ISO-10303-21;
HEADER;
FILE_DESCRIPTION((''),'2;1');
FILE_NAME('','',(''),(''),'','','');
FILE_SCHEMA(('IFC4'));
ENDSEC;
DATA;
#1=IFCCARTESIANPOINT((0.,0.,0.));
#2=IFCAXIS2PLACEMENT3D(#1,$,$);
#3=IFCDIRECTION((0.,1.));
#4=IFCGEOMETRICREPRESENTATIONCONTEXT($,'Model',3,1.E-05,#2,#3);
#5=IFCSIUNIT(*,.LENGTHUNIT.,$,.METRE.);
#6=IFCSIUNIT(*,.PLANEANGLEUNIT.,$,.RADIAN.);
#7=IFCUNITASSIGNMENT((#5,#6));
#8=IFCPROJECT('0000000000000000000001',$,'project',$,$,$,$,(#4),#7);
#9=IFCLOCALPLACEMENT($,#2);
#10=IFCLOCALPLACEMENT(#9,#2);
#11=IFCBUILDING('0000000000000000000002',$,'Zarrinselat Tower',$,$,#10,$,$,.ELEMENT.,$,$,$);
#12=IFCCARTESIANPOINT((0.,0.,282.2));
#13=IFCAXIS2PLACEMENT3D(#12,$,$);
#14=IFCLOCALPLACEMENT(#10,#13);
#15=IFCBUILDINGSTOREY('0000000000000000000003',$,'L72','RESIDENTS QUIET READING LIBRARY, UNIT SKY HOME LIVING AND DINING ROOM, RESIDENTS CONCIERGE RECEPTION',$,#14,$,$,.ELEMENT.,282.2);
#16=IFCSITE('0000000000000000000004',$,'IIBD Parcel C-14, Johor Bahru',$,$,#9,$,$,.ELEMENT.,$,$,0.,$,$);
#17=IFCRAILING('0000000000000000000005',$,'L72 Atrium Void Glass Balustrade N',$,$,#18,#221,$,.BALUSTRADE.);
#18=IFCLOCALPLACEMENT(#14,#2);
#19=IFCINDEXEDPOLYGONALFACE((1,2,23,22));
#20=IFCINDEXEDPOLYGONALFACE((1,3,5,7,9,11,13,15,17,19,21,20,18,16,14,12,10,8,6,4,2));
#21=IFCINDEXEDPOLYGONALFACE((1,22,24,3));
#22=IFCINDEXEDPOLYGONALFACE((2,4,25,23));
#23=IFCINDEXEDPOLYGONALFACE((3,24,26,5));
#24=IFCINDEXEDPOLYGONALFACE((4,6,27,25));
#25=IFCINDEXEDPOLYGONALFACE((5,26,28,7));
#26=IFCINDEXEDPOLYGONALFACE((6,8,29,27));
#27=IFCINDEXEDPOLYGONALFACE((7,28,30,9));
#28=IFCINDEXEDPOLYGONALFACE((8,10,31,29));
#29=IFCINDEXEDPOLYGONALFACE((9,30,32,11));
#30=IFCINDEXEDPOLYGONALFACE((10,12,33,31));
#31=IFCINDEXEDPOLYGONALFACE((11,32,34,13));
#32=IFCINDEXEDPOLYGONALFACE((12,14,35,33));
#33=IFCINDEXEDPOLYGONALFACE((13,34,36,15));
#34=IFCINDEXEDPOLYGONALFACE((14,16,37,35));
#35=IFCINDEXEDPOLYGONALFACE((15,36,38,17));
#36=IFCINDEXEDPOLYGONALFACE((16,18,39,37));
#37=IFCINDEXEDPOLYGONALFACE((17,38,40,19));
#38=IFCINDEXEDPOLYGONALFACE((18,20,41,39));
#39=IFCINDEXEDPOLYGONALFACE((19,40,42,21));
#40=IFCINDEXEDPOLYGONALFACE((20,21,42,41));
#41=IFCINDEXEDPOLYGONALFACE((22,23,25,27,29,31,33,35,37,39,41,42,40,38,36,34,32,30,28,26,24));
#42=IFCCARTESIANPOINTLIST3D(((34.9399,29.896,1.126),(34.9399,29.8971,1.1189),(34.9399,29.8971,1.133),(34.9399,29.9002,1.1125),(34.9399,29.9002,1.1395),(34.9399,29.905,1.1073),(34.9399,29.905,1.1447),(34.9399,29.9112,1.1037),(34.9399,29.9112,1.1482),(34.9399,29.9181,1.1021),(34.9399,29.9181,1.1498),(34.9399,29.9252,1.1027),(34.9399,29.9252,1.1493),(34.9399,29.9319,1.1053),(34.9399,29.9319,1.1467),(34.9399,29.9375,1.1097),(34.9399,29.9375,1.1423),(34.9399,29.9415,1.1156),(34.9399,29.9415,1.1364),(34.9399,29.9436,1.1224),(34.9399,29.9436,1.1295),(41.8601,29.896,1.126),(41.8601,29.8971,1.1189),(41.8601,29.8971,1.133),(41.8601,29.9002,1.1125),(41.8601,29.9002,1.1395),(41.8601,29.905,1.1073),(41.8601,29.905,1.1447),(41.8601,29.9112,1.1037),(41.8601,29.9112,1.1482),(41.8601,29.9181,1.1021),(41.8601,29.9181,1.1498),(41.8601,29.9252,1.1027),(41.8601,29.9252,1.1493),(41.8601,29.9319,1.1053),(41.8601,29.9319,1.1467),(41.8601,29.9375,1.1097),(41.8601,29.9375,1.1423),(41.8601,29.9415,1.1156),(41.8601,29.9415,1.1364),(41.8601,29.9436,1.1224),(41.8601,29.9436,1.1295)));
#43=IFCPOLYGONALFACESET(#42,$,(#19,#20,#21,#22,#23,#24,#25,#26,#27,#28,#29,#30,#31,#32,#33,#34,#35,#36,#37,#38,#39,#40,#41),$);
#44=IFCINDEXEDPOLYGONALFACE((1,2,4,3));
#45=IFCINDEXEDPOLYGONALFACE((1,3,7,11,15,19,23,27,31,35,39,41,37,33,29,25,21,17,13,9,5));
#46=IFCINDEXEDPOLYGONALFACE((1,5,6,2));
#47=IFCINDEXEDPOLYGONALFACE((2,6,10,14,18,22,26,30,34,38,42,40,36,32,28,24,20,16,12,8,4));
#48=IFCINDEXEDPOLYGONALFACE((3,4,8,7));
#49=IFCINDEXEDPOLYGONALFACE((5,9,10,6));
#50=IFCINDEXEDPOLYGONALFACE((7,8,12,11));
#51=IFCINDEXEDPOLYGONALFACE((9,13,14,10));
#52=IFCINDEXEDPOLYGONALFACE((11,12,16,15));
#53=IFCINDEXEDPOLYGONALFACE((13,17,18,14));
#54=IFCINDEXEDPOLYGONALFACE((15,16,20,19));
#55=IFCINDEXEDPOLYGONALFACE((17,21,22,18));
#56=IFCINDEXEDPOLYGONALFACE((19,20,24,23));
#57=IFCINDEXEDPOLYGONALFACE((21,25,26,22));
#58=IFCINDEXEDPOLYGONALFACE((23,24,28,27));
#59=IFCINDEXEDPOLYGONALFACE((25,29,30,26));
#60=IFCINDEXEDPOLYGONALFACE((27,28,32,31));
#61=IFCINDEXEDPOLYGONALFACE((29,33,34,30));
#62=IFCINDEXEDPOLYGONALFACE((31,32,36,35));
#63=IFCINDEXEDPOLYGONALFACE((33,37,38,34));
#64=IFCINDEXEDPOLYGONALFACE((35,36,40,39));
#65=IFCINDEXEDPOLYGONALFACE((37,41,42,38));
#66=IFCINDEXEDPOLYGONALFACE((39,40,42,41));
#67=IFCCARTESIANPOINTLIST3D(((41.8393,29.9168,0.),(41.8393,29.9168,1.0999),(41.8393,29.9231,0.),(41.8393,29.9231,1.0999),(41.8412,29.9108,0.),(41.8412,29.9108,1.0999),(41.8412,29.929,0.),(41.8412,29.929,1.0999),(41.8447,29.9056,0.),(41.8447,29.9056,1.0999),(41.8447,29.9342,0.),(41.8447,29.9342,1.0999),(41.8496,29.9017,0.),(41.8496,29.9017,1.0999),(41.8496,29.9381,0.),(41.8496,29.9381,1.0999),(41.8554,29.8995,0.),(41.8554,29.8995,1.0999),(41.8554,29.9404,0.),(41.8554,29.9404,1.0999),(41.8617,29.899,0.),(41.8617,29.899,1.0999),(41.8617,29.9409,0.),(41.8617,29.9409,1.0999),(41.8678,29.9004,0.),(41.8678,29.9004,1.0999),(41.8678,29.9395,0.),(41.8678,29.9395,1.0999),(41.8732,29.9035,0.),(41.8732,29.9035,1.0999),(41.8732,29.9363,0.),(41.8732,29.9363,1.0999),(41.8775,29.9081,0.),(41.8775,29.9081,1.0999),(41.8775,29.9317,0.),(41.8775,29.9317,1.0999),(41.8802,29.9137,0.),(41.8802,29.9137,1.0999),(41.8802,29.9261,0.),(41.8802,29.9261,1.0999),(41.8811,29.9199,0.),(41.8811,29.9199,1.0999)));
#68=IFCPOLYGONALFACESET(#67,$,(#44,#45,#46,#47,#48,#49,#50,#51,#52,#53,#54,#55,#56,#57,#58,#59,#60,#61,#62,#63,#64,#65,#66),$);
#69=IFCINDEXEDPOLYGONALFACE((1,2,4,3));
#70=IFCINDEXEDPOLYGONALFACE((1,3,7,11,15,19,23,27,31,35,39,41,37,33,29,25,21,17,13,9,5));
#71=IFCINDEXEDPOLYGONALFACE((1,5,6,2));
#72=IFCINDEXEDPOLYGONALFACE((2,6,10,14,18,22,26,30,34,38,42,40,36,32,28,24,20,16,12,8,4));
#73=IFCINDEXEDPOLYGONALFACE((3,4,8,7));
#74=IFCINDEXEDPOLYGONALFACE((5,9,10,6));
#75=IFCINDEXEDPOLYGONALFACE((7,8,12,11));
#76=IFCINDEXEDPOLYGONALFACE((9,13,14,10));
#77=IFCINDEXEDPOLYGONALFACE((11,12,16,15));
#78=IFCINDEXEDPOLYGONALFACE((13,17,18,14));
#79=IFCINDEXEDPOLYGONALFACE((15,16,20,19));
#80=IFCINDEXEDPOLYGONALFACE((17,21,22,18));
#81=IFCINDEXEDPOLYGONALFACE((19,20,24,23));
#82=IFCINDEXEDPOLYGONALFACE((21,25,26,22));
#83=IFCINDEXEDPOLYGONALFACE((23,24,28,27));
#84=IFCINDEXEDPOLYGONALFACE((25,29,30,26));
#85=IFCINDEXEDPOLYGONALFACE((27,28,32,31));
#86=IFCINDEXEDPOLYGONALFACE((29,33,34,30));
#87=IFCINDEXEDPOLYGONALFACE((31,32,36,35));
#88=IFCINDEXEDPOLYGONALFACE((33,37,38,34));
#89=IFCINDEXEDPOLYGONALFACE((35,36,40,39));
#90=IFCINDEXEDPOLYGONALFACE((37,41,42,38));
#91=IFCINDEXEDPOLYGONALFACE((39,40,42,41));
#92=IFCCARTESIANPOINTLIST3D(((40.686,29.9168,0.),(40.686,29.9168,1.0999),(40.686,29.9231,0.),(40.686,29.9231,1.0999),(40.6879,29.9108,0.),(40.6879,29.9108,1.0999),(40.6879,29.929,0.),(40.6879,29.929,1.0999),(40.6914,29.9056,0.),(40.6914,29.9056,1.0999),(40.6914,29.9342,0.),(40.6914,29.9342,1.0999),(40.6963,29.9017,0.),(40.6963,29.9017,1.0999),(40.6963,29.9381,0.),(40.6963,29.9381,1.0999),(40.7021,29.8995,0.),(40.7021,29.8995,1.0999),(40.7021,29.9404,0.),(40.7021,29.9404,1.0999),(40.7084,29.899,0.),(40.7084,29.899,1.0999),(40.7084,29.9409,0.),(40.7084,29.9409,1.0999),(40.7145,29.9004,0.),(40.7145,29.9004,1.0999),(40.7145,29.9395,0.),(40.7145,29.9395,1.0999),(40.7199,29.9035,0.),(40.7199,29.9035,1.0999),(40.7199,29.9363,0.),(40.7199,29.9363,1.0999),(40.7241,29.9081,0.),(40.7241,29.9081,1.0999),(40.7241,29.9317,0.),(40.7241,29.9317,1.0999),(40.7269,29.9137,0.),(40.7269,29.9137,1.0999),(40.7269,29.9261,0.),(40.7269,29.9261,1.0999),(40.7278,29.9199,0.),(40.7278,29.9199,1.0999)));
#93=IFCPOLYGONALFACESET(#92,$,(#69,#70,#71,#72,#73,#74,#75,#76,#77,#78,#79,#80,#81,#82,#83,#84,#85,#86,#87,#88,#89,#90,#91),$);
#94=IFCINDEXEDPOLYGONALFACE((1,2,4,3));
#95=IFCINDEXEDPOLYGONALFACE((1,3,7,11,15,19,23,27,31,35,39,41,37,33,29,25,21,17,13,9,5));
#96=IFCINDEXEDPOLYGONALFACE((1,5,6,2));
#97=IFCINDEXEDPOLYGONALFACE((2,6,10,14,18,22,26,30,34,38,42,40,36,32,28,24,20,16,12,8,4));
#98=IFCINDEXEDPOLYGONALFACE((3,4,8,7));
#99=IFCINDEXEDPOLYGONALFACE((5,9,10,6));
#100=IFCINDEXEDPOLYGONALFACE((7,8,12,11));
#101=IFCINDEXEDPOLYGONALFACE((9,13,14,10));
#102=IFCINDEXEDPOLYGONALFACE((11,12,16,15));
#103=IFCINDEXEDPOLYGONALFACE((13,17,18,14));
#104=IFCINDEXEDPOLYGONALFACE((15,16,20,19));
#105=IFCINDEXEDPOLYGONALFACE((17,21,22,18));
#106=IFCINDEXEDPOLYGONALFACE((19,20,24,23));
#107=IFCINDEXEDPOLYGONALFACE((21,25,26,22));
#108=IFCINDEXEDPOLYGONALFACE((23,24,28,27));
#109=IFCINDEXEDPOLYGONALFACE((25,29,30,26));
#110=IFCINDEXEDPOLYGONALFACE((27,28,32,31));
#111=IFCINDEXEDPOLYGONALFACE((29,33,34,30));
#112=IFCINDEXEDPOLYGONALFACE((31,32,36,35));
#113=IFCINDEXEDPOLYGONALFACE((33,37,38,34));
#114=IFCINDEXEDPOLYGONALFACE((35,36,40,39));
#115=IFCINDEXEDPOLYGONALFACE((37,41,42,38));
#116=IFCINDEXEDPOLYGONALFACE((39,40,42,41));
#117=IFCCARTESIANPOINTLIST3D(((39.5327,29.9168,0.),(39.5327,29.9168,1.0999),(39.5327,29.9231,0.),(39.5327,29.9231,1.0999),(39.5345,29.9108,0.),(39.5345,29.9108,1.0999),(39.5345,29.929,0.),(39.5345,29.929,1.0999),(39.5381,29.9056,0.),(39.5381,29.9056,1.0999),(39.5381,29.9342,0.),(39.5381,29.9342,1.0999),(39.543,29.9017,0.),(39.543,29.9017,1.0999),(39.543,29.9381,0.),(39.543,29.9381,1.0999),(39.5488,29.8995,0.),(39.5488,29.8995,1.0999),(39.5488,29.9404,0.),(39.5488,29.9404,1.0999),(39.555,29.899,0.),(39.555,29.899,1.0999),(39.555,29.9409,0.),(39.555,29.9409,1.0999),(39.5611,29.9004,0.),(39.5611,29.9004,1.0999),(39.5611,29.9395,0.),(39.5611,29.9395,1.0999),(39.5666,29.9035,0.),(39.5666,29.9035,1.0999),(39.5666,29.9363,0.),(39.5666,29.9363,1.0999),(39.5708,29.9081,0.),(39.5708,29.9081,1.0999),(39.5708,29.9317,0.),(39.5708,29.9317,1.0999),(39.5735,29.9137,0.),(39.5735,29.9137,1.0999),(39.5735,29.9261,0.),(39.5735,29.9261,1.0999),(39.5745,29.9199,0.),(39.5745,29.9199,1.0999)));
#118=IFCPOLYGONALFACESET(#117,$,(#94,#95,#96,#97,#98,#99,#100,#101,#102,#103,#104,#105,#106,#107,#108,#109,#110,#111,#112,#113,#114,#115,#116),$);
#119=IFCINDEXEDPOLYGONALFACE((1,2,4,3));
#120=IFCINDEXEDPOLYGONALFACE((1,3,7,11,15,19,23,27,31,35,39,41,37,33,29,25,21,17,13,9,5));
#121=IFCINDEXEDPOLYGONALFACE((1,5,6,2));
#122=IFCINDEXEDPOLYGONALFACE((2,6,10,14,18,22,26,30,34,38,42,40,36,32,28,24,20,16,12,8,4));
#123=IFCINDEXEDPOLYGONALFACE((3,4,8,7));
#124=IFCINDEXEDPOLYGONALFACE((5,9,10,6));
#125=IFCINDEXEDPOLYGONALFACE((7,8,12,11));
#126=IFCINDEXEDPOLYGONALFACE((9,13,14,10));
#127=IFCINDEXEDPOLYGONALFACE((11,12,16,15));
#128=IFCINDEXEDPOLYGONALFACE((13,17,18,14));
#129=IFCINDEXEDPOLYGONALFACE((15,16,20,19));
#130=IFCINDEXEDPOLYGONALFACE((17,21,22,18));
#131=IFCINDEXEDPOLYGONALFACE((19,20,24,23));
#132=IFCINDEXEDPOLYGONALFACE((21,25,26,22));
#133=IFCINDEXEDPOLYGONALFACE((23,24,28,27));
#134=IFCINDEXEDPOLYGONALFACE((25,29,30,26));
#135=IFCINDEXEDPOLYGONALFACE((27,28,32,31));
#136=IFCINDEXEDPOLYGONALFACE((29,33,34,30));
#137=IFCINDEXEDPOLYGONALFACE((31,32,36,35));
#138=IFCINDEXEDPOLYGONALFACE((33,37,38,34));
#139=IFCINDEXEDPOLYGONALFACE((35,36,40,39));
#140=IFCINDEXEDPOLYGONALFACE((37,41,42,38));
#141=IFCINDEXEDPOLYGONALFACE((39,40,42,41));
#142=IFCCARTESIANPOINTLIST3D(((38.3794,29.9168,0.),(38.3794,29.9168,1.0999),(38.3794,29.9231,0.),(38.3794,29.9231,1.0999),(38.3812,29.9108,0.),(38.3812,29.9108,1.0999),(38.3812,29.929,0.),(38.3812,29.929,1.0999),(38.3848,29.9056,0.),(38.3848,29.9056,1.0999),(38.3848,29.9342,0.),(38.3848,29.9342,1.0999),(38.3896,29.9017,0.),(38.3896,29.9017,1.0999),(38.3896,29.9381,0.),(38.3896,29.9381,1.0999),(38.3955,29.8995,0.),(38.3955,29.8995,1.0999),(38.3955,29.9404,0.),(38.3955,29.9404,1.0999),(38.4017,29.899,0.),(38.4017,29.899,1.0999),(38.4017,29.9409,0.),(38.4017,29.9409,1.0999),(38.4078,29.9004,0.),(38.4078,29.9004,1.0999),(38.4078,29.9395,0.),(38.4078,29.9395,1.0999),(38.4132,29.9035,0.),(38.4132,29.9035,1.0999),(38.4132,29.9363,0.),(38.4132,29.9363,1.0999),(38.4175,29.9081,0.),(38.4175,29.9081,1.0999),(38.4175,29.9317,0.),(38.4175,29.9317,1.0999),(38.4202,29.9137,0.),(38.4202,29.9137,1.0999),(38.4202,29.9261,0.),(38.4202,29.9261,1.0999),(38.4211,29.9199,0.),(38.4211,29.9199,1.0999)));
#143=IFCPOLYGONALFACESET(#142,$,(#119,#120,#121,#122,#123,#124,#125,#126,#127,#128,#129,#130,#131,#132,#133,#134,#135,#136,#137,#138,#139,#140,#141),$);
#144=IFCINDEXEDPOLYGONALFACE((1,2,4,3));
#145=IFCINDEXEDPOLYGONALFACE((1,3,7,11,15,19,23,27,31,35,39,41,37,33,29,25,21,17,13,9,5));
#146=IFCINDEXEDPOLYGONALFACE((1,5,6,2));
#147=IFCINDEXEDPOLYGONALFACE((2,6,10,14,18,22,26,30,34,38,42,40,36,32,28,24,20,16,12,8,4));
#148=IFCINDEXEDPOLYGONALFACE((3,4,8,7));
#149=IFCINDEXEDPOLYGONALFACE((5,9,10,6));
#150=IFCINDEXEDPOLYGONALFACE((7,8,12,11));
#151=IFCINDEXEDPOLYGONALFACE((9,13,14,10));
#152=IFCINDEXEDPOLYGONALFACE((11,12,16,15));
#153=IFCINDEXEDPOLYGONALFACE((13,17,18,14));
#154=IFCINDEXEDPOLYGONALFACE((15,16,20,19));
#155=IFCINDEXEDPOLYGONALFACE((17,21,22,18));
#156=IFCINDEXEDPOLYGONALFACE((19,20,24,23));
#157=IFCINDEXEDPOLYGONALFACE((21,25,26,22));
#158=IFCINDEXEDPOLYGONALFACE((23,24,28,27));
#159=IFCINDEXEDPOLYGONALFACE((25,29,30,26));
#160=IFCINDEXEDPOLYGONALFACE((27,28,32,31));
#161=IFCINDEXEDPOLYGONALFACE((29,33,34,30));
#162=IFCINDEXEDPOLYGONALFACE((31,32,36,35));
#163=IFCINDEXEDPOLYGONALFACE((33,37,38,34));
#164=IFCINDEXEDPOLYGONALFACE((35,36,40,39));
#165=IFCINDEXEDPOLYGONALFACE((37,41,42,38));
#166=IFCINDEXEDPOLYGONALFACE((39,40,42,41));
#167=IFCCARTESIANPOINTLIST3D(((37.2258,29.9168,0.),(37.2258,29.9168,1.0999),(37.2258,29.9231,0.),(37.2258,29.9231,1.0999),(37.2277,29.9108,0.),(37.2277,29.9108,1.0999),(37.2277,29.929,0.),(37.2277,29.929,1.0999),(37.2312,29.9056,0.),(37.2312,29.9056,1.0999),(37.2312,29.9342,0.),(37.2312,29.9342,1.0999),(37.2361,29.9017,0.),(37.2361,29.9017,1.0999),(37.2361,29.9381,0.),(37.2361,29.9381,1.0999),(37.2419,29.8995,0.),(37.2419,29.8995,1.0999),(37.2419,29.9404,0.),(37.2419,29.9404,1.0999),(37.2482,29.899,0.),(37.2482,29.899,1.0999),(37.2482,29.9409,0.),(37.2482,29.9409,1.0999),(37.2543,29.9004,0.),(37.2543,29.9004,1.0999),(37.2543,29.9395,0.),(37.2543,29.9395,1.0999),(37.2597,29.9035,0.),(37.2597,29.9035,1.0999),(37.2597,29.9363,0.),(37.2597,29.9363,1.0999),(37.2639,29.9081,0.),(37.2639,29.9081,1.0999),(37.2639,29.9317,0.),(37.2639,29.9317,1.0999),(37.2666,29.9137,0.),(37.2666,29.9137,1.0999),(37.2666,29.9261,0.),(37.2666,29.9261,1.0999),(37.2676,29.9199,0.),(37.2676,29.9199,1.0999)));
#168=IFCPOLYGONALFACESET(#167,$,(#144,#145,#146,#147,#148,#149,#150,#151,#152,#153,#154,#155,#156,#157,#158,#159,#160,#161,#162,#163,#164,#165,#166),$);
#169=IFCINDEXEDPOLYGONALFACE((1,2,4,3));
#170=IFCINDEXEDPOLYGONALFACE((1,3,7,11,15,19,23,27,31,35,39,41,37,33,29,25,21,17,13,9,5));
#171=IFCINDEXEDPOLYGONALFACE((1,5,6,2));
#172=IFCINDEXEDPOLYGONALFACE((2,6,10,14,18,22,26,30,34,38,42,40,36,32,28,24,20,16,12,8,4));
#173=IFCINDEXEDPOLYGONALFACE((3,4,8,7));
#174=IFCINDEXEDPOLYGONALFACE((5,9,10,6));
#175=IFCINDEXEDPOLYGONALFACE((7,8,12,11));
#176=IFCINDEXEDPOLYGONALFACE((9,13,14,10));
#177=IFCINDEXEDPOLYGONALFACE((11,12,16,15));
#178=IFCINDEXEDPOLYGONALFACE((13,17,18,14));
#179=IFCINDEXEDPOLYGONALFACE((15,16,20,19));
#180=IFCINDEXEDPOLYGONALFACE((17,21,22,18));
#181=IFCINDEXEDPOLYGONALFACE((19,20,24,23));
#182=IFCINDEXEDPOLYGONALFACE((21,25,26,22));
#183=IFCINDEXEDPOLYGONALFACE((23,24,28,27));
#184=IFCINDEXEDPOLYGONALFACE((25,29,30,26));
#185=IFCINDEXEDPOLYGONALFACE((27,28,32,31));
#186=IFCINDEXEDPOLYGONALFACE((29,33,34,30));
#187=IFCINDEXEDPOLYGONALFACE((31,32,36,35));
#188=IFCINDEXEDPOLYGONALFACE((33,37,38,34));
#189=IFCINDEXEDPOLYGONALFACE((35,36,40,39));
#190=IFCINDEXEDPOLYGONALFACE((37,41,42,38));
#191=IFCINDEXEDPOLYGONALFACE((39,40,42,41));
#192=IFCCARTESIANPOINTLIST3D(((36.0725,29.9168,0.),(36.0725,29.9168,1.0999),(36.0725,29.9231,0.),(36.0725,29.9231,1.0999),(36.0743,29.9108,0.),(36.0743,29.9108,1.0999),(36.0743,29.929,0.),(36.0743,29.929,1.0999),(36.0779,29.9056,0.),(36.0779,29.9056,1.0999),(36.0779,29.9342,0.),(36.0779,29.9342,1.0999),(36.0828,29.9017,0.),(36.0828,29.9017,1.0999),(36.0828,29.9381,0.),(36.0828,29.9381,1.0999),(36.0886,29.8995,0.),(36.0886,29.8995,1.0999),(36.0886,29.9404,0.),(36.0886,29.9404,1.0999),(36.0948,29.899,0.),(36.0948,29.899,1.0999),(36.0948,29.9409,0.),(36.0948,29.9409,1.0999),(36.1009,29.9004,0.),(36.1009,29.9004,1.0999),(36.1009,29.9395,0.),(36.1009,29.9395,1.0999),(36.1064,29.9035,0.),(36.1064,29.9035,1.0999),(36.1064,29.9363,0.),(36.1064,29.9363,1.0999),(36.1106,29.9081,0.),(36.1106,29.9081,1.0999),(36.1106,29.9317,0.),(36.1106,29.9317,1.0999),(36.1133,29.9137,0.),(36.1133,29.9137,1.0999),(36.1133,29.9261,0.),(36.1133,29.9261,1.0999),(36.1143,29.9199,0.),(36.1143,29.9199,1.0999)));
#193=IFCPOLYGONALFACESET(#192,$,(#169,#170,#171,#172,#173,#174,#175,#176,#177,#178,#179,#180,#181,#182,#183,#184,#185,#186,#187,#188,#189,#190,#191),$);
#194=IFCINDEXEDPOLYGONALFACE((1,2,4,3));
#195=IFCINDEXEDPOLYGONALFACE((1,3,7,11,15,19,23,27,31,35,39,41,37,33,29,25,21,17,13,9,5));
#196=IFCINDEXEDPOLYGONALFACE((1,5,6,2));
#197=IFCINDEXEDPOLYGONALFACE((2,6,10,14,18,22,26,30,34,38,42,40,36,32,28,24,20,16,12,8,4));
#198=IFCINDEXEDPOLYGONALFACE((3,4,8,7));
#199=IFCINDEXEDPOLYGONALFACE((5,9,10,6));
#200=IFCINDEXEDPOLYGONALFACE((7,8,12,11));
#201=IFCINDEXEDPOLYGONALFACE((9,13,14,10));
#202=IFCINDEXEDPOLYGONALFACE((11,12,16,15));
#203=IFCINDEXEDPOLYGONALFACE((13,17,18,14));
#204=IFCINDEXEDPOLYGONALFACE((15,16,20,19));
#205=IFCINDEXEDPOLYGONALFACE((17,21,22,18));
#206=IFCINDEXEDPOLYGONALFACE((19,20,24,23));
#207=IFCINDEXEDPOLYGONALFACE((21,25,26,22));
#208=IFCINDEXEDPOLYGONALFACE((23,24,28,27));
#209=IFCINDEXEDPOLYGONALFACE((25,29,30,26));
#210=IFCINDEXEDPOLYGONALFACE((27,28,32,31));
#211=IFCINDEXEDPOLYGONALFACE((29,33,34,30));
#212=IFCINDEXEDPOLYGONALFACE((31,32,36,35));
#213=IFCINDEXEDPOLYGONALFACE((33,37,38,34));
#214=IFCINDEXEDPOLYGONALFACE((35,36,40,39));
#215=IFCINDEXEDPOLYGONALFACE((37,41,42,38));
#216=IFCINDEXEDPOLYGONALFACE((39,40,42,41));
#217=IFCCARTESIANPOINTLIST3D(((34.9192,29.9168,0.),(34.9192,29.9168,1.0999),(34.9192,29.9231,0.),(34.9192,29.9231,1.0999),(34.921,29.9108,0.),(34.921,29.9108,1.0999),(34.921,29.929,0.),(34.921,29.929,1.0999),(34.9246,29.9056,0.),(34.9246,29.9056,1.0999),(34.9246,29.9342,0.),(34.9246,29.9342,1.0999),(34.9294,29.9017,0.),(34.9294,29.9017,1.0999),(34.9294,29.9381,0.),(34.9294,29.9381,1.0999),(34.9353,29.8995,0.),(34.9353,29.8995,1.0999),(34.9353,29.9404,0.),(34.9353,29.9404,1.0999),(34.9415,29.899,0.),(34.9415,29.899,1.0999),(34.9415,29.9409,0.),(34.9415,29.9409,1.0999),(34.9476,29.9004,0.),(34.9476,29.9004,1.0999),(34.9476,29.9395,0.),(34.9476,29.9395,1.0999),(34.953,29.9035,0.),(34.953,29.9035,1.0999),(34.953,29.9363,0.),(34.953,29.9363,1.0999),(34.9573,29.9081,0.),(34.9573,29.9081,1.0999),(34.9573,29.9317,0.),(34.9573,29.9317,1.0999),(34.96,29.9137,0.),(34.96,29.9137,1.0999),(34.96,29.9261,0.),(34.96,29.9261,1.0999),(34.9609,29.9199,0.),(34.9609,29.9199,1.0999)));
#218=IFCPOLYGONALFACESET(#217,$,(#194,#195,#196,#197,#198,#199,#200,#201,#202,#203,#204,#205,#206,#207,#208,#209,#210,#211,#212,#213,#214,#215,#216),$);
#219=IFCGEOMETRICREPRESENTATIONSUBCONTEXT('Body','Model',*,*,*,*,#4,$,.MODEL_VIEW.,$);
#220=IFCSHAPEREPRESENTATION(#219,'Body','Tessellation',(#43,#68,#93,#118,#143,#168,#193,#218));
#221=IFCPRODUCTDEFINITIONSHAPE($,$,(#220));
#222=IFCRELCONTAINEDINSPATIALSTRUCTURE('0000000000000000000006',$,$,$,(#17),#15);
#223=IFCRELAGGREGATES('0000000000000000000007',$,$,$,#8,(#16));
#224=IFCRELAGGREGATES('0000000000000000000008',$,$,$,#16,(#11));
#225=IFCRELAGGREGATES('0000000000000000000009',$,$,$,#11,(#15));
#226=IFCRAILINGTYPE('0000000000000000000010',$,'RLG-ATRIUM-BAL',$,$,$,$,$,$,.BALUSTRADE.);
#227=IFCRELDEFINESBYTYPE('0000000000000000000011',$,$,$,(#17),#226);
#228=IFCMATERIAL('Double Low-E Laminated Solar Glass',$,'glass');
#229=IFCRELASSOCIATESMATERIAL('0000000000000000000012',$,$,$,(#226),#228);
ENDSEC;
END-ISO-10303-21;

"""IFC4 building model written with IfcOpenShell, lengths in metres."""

from ifc_helpers import new_model, si_unit, direction, frame, origin, origin_2d, place, context, subcontext, project, spatial, circle, extrude, material, type_object, element, save


model = new_model("IFC4")

# Units and contexts
model_context = context("Model", 3, precision=1e-05, world=origin(), true_north=direction((0.0, 1.0)))
body_context = subcontext(model_context, "Body", "Model", "MODEL_VIEW")
ifc_project = project(units=[si_unit("LENGTHUNIT", "METRE"), si_unit("PLANEANGLEUNIT", "RADIAN")], contexts=[model_context])

# Site, building, storey
site_placement = place(None, origin())
site = spatial("IfcSite", under=ifc_project, at=site_placement, Name="IIBD Parcel C-14, Johor Bahru", CompositionType="ELEMENT", RefElevation=0.0)
building_placement = place(site_placement, origin())
building = spatial("IfcBuilding", under=site, at=building_placement, Name="Zarrinselat Tower", CompositionType="ELEMENT")
storey_placement = place(building_placement, frame((0.0, 0.0, 282.2)))
storey = spatial("IfcBuildingStorey", under=building, at=storey_placement, Name="L72", Description="RESIDENTS QUIET READING LIBRARY, UNIT SKY HOME LIVING AND DINING ROOM, RESIDENTS CONCIERGE RECEPTION", CompositionType="ELEMENT", Elevation=282.2)

# Railing
ifc_material_1 = material(Name="Double Low-E Laminated Solar Glass", Category="glass")
railing_type = type_object("IfcRailingType", Name="RLG-ATRIUM-BAL", PredefinedType="BALUSTRADE", material=ifc_material_1)
railing_1_placement = place(storey_placement, frame((41.8601, 29.9199, 0.0)))
element("IfcRailing", 1, at=railing_1_placement, inside=storey, type_object=railing_type, Name="L72 Atrium Void Glass Balustrade N", PredefinedType="BALUSTRADE", context=body_context, shape_type="SweptSolid", body=[
    extrude(circle(Radius=0.0239, at=origin_2d()), frame((0.0, 0.0, 1.126), z_axis=(-1.0, 0.0, 0.0), x_axis=(0.0, -1.0, 0.0)), (0.0, 0.0, 1.0), 6.9202),
    extrude(circle(Radius=0.021, at=origin_2d()), origin(), (0.0, 0.0, 1.0), 1.0999),
    extrude(circle(Radius=0.021, at=origin_2d()), frame((-1.1533, 0.0, 0.0)), (0.0, 0.0, 1.0), 1.0999),
    extrude(circle(Radius=0.021, at=origin_2d()), frame((-2.3066, 0.0, 0.0)), (0.0, 0.0, 1.0), 1.0999),
    extrude(circle(Radius=0.021, at=origin_2d()), frame((-3.46, 0.0, 0.0)), (0.0, 0.0, 1.0), 1.0999),
    extrude(circle(Radius=0.021, at=origin_2d()), frame((-4.6135, 0.0, 0.0)), (0.0, 0.0, 1.0), 1.0999),
    extrude(circle(Radius=0.021, at=origin_2d()), frame((-5.7668, 0.0, 0.0)), (0.0, 0.0, 1.0), 1.0999),
    extrude(circle(Radius=0.021, at=origin_2d()), frame((-6.9202, 0.0, 0.0)), (0.0, 0.0, 1.0), 1.0999),
])

save(model, "model.ifc")
